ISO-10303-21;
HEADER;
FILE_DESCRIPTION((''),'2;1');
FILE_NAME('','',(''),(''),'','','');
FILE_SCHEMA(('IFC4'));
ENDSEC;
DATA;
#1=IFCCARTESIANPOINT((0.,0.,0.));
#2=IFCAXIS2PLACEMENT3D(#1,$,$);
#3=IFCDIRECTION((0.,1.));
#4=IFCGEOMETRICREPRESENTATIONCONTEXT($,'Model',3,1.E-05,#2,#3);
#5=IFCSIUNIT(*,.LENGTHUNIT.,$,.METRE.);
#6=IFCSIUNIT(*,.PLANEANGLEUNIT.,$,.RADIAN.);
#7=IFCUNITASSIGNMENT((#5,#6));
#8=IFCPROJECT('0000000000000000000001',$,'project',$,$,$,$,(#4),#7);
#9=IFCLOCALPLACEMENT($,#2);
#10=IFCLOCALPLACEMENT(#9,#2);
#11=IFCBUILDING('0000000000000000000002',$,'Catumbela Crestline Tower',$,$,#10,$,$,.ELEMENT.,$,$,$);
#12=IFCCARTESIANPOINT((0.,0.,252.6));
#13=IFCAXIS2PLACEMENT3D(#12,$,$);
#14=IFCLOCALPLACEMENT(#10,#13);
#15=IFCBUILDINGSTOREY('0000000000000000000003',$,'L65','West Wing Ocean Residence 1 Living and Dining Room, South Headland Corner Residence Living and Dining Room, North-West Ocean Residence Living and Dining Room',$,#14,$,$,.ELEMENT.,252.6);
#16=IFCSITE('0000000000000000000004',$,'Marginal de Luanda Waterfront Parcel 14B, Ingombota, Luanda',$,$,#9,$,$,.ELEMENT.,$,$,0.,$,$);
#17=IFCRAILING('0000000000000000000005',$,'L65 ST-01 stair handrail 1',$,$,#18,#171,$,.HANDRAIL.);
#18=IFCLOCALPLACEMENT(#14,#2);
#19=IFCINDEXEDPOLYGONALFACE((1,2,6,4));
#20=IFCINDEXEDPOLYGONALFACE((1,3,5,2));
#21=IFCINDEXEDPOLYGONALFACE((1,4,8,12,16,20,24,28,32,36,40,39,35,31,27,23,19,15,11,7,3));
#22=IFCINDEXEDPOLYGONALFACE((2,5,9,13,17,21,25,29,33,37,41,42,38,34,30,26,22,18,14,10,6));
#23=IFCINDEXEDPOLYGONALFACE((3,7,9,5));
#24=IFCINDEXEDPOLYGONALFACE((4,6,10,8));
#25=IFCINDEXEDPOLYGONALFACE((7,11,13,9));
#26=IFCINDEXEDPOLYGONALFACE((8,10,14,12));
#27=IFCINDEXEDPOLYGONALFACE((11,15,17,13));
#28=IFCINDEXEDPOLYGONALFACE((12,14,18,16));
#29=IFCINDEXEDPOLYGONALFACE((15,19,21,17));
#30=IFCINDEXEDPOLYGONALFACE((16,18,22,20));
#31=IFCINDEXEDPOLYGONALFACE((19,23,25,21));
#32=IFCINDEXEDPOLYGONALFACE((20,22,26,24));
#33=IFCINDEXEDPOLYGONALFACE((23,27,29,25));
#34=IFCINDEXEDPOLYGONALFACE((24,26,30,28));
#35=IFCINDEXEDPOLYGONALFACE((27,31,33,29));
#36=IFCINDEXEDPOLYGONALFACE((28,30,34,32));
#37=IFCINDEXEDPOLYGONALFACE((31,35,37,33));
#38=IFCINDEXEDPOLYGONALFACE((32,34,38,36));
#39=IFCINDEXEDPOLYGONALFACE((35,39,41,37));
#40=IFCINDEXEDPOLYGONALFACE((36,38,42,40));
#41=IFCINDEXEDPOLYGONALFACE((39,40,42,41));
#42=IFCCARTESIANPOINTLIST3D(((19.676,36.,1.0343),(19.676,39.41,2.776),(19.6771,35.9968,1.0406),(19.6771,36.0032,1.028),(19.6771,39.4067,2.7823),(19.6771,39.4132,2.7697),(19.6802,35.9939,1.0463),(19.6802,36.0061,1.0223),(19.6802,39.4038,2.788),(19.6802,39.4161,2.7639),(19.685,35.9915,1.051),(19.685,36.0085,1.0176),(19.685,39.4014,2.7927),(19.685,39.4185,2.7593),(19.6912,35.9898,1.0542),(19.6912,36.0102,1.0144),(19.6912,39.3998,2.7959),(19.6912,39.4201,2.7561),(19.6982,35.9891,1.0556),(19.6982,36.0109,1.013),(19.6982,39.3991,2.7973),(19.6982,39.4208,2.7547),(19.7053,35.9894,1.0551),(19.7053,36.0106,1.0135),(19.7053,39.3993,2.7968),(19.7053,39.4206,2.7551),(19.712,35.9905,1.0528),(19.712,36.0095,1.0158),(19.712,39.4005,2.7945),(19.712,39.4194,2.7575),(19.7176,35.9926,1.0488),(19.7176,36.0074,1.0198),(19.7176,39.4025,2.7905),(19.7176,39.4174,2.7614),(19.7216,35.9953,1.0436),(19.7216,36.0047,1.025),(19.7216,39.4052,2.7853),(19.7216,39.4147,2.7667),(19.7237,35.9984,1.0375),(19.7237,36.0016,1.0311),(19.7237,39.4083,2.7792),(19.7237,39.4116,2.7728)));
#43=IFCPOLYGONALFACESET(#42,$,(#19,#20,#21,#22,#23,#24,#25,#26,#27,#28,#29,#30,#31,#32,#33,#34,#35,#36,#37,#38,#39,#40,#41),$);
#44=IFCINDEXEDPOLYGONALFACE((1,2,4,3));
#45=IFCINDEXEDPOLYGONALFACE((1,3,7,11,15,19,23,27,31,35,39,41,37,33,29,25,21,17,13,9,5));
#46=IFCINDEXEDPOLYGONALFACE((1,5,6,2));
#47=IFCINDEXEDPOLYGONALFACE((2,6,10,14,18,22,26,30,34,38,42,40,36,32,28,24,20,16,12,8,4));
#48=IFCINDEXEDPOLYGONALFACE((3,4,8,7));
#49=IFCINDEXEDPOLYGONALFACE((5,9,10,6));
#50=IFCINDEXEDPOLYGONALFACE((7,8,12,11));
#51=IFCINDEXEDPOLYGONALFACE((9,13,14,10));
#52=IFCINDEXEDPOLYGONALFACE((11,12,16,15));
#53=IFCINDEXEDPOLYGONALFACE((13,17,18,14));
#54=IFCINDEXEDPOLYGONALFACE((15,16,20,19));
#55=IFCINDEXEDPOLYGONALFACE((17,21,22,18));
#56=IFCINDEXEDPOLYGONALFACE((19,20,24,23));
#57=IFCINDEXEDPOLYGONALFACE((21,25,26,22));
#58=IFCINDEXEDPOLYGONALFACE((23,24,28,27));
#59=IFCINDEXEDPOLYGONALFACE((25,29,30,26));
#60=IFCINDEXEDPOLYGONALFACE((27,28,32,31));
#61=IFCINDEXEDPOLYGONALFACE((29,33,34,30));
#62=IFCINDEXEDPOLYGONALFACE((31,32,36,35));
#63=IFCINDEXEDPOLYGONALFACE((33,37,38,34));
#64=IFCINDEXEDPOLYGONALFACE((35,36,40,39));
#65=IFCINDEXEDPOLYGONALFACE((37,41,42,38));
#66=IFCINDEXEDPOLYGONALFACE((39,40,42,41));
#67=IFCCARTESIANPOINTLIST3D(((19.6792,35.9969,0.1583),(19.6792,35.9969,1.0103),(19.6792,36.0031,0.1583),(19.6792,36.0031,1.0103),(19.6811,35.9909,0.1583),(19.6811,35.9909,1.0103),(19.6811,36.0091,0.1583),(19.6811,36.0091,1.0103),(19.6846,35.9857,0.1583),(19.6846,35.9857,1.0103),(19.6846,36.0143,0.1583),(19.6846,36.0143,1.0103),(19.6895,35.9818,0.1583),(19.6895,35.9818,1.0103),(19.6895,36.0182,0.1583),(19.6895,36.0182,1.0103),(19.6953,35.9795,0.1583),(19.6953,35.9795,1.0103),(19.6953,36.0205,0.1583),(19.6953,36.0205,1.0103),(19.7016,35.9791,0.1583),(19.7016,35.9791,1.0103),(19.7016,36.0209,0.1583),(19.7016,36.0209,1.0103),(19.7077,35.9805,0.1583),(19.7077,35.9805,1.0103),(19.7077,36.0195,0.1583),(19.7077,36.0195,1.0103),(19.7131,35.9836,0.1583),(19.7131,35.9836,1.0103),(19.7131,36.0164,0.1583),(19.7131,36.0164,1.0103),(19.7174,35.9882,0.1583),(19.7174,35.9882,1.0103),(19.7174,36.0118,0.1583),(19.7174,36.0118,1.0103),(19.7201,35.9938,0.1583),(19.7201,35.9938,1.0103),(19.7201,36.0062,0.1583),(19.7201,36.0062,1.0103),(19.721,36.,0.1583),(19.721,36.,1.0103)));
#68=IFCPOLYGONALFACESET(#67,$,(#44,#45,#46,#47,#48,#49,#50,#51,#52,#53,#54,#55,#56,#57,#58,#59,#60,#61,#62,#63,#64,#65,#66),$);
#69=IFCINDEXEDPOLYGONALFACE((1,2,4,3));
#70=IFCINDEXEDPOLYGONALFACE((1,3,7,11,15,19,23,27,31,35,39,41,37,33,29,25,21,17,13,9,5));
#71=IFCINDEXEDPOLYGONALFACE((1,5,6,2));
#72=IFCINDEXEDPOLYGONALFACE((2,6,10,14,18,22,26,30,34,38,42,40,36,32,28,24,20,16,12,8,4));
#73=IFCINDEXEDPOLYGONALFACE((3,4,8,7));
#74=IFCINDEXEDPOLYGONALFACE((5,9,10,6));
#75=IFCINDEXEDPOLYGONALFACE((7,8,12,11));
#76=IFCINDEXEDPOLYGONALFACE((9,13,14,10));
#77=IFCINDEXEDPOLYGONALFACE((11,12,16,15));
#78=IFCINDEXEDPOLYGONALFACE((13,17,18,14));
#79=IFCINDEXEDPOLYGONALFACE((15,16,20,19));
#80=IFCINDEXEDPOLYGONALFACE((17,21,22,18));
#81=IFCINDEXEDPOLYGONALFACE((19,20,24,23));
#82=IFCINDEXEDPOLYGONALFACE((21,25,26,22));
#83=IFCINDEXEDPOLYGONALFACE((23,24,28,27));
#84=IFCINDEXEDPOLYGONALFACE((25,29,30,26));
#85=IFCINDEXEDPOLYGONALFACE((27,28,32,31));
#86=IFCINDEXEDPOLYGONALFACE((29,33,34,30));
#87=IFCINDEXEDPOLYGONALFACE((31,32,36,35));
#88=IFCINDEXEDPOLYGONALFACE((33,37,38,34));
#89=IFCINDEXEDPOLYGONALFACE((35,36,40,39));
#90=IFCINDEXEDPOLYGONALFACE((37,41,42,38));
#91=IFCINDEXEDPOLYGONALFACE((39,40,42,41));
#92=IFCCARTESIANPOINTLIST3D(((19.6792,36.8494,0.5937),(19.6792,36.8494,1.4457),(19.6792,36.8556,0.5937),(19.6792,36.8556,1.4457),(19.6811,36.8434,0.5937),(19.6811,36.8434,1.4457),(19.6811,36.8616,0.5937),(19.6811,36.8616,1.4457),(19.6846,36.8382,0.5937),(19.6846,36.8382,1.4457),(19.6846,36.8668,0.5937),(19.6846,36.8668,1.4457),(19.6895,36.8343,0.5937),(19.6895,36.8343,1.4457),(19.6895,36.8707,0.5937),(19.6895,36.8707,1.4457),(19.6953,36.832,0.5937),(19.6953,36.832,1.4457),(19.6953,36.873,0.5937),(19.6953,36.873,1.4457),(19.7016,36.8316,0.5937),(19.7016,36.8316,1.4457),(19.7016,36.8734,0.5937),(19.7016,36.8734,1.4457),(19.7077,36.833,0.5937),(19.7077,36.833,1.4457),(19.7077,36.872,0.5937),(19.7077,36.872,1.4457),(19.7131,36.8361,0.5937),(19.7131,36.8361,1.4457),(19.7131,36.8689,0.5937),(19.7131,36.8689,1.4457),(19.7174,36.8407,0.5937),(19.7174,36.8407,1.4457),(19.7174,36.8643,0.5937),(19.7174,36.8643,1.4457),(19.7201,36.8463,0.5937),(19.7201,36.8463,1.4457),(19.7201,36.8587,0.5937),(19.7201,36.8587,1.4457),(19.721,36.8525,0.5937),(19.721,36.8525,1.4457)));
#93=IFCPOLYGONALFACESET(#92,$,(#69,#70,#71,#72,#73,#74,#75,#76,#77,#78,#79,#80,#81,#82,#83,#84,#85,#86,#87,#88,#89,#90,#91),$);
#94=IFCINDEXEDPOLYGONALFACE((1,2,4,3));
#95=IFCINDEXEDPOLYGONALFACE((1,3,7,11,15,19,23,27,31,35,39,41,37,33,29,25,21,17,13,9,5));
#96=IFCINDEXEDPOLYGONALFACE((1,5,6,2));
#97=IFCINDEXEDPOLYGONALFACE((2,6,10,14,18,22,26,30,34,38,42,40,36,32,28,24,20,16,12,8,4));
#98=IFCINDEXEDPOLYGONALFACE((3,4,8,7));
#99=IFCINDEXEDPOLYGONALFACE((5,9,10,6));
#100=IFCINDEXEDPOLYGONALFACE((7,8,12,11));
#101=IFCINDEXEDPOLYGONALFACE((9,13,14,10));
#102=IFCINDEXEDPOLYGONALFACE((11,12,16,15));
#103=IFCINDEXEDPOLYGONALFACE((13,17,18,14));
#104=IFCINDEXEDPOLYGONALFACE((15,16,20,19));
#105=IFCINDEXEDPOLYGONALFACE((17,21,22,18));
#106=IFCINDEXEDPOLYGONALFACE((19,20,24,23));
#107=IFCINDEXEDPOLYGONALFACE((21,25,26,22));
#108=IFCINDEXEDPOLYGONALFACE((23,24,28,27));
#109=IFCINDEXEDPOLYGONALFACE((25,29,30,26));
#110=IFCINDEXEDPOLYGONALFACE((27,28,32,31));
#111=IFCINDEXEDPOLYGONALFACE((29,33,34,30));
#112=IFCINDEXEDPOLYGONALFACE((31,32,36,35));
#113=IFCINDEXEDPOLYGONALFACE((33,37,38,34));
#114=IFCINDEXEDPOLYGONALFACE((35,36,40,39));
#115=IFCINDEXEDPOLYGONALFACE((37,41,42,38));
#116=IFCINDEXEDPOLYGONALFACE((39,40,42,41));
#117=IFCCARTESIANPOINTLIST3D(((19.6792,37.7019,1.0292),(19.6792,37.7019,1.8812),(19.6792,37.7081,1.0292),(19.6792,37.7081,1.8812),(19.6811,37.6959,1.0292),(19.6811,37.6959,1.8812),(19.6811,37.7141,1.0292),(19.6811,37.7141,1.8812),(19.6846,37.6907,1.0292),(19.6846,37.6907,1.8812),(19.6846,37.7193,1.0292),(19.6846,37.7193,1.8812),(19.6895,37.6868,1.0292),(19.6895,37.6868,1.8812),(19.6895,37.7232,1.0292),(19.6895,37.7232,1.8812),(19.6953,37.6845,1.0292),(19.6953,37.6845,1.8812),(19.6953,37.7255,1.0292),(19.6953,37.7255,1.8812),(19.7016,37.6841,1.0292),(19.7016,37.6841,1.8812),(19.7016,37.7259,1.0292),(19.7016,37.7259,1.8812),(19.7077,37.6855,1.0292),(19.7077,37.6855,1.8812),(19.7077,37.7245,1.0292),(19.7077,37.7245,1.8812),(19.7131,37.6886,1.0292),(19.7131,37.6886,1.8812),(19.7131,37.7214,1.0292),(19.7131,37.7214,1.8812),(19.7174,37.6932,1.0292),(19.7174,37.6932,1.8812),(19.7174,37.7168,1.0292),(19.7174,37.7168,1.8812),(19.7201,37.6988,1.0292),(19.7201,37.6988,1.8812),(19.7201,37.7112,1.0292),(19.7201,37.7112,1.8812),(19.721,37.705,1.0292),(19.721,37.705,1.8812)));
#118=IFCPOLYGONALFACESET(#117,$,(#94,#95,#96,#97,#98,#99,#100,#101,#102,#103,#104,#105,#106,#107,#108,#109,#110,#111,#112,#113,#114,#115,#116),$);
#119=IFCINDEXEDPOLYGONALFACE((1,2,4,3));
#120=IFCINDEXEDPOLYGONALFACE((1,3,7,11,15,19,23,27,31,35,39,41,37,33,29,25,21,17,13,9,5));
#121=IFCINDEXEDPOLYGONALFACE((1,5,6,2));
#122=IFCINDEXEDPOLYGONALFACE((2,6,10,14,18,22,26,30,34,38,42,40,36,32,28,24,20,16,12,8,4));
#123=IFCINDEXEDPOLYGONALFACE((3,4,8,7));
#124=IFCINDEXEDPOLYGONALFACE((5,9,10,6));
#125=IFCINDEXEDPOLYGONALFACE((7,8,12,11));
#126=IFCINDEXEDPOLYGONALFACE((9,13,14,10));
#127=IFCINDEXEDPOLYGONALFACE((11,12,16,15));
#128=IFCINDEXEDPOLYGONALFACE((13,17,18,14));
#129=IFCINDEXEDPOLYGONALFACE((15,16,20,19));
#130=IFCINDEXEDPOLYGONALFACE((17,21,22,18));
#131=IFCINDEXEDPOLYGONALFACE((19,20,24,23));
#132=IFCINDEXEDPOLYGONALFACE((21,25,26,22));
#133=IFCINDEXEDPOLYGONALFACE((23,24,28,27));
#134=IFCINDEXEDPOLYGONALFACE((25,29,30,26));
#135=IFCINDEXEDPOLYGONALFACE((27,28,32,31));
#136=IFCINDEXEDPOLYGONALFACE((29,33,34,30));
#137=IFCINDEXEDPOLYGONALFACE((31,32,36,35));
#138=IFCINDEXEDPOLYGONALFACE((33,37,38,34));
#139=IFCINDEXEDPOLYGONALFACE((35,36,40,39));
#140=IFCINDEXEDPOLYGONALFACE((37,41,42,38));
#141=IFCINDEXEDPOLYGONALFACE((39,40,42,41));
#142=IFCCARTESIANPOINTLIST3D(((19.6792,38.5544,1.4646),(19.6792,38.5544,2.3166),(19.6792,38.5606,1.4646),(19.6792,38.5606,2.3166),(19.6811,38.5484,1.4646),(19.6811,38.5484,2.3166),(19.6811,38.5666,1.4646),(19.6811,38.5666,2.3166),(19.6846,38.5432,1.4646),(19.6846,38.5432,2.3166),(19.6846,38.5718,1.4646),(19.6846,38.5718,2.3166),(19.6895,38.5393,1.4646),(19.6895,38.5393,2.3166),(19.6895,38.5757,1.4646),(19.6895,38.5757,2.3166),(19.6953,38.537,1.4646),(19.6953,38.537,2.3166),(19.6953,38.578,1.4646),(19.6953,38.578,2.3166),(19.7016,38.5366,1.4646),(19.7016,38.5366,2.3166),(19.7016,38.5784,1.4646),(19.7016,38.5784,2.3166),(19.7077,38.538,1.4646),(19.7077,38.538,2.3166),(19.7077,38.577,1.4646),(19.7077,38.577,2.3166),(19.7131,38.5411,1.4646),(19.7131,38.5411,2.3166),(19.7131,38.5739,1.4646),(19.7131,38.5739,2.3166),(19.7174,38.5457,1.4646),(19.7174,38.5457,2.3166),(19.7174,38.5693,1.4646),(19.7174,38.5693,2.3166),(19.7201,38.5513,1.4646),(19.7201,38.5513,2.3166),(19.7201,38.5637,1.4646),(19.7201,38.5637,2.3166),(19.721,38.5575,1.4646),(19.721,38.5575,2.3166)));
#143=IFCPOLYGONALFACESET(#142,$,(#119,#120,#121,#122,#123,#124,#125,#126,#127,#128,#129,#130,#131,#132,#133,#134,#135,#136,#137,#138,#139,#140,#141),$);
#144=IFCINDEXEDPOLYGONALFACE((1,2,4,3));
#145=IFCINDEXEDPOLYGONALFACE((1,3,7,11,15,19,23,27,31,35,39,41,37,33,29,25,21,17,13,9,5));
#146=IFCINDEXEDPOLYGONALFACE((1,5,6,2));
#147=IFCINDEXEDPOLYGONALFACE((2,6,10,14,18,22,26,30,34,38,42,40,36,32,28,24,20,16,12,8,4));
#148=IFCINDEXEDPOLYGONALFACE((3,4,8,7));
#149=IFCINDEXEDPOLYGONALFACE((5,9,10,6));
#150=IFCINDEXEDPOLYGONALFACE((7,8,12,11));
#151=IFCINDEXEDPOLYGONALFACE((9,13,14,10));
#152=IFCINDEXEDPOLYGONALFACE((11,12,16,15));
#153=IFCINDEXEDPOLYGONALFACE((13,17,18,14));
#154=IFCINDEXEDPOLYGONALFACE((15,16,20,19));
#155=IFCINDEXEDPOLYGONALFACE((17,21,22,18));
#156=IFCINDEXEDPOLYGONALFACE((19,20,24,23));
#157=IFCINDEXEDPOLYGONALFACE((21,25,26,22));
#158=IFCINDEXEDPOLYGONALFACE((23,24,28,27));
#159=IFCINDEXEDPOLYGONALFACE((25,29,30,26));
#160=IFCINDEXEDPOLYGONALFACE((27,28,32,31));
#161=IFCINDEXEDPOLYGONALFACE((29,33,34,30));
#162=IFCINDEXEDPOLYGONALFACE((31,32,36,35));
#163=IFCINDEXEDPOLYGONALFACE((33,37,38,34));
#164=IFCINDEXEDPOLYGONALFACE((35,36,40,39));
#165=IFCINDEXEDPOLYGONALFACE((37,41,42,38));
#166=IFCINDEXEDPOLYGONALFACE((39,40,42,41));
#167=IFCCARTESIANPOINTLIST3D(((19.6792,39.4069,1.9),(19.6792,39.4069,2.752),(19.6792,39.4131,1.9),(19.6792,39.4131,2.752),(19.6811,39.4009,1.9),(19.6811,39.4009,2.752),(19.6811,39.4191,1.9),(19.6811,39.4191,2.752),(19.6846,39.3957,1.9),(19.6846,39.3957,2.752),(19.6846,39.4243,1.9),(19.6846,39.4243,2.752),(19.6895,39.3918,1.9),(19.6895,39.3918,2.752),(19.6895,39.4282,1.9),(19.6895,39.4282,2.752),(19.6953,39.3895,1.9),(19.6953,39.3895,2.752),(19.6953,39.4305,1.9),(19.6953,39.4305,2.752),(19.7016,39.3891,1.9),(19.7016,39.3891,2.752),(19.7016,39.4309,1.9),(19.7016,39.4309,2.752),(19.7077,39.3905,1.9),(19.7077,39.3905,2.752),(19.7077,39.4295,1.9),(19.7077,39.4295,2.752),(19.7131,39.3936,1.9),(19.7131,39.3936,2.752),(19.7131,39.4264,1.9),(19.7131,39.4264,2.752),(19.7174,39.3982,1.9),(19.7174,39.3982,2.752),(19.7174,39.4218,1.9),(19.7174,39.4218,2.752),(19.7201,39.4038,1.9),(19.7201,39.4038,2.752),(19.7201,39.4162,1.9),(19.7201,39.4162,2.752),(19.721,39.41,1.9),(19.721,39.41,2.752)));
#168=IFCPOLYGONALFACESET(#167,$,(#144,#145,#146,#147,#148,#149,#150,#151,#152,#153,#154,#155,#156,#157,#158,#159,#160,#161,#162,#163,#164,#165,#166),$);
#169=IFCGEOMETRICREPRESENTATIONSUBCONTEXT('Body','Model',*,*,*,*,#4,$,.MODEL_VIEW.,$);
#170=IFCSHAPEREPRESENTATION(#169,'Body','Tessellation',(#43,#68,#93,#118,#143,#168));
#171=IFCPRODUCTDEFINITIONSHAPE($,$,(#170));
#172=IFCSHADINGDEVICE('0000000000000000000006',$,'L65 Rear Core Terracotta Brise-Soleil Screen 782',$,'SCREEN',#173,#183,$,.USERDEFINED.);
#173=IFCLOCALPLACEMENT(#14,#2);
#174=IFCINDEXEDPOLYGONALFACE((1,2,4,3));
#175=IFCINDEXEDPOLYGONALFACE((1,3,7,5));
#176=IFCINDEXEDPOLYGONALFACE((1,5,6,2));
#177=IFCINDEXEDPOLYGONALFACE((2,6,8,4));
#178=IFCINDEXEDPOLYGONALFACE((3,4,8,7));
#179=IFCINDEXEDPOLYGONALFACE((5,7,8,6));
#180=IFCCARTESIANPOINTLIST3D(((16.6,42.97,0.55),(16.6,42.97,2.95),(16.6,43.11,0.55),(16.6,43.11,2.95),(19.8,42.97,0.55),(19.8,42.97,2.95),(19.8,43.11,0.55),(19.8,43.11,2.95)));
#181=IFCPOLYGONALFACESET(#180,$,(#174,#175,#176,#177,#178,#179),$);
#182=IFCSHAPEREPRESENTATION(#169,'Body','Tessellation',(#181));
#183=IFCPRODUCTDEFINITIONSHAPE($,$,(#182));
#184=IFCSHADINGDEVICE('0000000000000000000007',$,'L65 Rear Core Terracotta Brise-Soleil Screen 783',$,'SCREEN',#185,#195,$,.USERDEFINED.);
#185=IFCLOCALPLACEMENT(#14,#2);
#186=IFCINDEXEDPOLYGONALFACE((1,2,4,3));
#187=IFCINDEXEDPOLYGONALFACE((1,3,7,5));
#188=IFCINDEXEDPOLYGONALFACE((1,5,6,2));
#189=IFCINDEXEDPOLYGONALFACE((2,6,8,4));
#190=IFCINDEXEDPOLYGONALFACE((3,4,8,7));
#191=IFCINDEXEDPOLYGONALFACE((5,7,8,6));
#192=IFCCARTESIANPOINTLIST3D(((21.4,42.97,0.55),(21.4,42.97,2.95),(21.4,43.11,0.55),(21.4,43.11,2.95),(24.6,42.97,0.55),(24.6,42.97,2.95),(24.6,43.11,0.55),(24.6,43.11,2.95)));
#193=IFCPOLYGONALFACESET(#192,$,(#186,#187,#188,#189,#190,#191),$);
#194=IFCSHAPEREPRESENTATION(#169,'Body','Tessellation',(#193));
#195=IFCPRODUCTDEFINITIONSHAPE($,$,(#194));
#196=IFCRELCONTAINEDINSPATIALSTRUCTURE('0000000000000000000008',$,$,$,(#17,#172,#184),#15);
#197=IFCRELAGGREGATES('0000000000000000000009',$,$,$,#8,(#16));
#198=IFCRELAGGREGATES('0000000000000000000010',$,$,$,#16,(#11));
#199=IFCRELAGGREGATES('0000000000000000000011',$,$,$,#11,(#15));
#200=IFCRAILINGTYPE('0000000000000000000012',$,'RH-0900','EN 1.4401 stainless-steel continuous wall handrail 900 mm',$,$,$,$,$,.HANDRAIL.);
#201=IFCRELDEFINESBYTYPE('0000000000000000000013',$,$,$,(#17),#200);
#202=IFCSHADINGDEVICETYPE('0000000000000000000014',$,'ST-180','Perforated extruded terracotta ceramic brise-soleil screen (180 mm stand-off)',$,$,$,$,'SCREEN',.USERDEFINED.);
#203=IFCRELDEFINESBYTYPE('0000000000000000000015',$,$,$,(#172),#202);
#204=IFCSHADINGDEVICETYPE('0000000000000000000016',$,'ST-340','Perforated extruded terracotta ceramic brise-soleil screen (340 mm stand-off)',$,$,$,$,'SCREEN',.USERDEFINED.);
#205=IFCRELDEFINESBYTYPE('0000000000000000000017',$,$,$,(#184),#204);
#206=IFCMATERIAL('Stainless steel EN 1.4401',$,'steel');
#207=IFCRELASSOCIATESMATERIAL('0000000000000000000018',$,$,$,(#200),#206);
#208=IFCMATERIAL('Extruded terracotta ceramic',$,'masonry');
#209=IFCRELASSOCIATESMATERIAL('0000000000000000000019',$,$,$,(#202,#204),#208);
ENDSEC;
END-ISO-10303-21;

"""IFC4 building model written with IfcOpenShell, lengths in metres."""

from ifc_helpers import new_model, si_unit, direction, frame, origin, origin_2d, place, context, subcontext, project, spatial, rectangle, circle, extrude, material, type_object, element, save


model = new_model("IFC4")

# Units and contexts
model_context = context("Model", 3, precision=1e-05, world=origin(), true_north=direction((0.0, 1.0)))
body_context = subcontext(model_context, "Body", "Model", "MODEL_VIEW")
ifc_project = project(units=[si_unit("LENGTHUNIT", "METRE"), si_unit("PLANEANGLEUNIT", "RADIAN")], contexts=[model_context])

# Site, building, storey
site_placement = place(None, origin())
site = spatial("IfcSite", under=ifc_project, at=site_placement, Name="Marginal de Luanda Waterfront Parcel 14B, Ingombota, Luanda", CompositionType="ELEMENT", RefElevation=0.0)
building_placement = place(site_placement, origin())
building = spatial("IfcBuilding", under=site, at=building_placement, Name="Catumbela Crestline Tower", CompositionType="ELEMENT")
storey_placement = place(building_placement, frame((0.0, 0.0, 252.6)))
storey = spatial("IfcBuildingStorey", under=building, at=storey_placement, Name="L65", Description="West Wing Ocean Residence 1 Living and Dining Room, South Headland Corner Residence Living and Dining Room, North-West Ocean Residence Living and Dining Room", CompositionType="ELEMENT", Elevation=252.6)

# Shared definitions
ifc_material_1 = material(Name="Stainless steel EN 1.4401", Category="steel")

# Railing
railing_type = type_object("IfcRailingType", Name="RH-0900", Description="EN 1.4401 stainless-steel continuous wall handrail 900 mm", PredefinedType="HANDRAIL", material=ifc_material_1)
railing_placement = place(storey_placement, frame((19.7, 36.0, 0.1583)))
element("IfcRailing", 1, at=railing_placement, inside=storey, type_object=railing_type, Name="L65 ST-01 stair handrail 1", PredefinedType="HANDRAIL", context=body_context, shape_type="SweptSolid", body=[
    extrude(circle(Radius=0.024, at=origin_2d()), frame((0.0, 0.0, 0.876), z_axis=(0.0, 0.89056, 0.454865), x_axis=(-1.0, 0.0, 0.0)), (0.0, 0.0, 1.0), 3.829),
    extrude(circle(Radius=0.021, at=origin_2d()), origin(), (0.0, 0.0, 1.0), 0.852),
    extrude(circle(Radius=0.021, at=origin_2d()), frame((0.0, 0.8525, 0.4354)), (0.0, 0.0, 1.0), 0.852),
    extrude(circle(Radius=0.021, at=origin_2d()), frame((0.0, 1.705, 0.8709)), (0.0, 0.0, 1.0), 0.852),
    extrude(circle(Radius=0.021, at=origin_2d()), frame((0.0, 2.5575, 1.3063)), (0.0, 0.0, 1.0), 0.852),
    extrude(circle(Radius=0.021, at=origin_2d()), frame((0.0, 3.41, 1.7417)), (0.0, 0.0, 1.0), 0.852),
])

# Shading devices
ifc_material_2 = material(Name="Extruded terracotta ceramic", Category="masonry")
shading_device_type_1 = type_object("IfcShadingDeviceType", Name="ST-180", Description="Perforated extruded terracotta ceramic brise-soleil screen (180 mm stand-off)", ElementType="SCREEN", PredefinedType="USERDEFINED", material=ifc_material_2)
shading_device_1_placement = place(storey_placement, frame((18.2, 43.04, 0.55), z_axis=(0.0, 0.0, 1.0), x_axis=(1.0, 0.0, 0.0)))
element("IfcShadingDevice", 2, at=shading_device_1_placement, inside=storey, type_object=shading_device_type_1, Name="L65 Rear Core Terracotta Brise-Soleil Screen 782", ObjectType="SCREEN", PredefinedType="USERDEFINED", context=body_context, shape_type="SweptSolid", body=[
    extrude(rectangle(XDim=3.2, YDim=0.14, at=origin_2d()), origin(), (0.0, 0.0, 1.0), 2.4),
])
shading_device_type_2 = type_object("IfcShadingDeviceType", Name="ST-340", Description="Perforated extruded terracotta ceramic brise-soleil screen (340 mm stand-off)", ElementType="SCREEN", PredefinedType="USERDEFINED", material=ifc_material_2)
shading_device_2_placement = place(storey_placement, frame((23.0, 43.04, 0.55), z_axis=(0.0, 0.0, 1.0), x_axis=(1.0, 0.0, 0.0)))
element("IfcShadingDevice", 3, at=shading_device_2_placement, inside=storey, type_object=shading_device_type_2, Name="L65 Rear Core Terracotta Brise-Soleil Screen 783", ObjectType="SCREEN", PredefinedType="USERDEFINED", context=body_context, shape_type="SweptSolid", body=[
    extrude(rectangle(XDim=3.2, YDim=0.14, at=origin_2d()), origin(), (0.0, 0.0, 1.0), 2.4),
])

save(model, "model.ifc")
